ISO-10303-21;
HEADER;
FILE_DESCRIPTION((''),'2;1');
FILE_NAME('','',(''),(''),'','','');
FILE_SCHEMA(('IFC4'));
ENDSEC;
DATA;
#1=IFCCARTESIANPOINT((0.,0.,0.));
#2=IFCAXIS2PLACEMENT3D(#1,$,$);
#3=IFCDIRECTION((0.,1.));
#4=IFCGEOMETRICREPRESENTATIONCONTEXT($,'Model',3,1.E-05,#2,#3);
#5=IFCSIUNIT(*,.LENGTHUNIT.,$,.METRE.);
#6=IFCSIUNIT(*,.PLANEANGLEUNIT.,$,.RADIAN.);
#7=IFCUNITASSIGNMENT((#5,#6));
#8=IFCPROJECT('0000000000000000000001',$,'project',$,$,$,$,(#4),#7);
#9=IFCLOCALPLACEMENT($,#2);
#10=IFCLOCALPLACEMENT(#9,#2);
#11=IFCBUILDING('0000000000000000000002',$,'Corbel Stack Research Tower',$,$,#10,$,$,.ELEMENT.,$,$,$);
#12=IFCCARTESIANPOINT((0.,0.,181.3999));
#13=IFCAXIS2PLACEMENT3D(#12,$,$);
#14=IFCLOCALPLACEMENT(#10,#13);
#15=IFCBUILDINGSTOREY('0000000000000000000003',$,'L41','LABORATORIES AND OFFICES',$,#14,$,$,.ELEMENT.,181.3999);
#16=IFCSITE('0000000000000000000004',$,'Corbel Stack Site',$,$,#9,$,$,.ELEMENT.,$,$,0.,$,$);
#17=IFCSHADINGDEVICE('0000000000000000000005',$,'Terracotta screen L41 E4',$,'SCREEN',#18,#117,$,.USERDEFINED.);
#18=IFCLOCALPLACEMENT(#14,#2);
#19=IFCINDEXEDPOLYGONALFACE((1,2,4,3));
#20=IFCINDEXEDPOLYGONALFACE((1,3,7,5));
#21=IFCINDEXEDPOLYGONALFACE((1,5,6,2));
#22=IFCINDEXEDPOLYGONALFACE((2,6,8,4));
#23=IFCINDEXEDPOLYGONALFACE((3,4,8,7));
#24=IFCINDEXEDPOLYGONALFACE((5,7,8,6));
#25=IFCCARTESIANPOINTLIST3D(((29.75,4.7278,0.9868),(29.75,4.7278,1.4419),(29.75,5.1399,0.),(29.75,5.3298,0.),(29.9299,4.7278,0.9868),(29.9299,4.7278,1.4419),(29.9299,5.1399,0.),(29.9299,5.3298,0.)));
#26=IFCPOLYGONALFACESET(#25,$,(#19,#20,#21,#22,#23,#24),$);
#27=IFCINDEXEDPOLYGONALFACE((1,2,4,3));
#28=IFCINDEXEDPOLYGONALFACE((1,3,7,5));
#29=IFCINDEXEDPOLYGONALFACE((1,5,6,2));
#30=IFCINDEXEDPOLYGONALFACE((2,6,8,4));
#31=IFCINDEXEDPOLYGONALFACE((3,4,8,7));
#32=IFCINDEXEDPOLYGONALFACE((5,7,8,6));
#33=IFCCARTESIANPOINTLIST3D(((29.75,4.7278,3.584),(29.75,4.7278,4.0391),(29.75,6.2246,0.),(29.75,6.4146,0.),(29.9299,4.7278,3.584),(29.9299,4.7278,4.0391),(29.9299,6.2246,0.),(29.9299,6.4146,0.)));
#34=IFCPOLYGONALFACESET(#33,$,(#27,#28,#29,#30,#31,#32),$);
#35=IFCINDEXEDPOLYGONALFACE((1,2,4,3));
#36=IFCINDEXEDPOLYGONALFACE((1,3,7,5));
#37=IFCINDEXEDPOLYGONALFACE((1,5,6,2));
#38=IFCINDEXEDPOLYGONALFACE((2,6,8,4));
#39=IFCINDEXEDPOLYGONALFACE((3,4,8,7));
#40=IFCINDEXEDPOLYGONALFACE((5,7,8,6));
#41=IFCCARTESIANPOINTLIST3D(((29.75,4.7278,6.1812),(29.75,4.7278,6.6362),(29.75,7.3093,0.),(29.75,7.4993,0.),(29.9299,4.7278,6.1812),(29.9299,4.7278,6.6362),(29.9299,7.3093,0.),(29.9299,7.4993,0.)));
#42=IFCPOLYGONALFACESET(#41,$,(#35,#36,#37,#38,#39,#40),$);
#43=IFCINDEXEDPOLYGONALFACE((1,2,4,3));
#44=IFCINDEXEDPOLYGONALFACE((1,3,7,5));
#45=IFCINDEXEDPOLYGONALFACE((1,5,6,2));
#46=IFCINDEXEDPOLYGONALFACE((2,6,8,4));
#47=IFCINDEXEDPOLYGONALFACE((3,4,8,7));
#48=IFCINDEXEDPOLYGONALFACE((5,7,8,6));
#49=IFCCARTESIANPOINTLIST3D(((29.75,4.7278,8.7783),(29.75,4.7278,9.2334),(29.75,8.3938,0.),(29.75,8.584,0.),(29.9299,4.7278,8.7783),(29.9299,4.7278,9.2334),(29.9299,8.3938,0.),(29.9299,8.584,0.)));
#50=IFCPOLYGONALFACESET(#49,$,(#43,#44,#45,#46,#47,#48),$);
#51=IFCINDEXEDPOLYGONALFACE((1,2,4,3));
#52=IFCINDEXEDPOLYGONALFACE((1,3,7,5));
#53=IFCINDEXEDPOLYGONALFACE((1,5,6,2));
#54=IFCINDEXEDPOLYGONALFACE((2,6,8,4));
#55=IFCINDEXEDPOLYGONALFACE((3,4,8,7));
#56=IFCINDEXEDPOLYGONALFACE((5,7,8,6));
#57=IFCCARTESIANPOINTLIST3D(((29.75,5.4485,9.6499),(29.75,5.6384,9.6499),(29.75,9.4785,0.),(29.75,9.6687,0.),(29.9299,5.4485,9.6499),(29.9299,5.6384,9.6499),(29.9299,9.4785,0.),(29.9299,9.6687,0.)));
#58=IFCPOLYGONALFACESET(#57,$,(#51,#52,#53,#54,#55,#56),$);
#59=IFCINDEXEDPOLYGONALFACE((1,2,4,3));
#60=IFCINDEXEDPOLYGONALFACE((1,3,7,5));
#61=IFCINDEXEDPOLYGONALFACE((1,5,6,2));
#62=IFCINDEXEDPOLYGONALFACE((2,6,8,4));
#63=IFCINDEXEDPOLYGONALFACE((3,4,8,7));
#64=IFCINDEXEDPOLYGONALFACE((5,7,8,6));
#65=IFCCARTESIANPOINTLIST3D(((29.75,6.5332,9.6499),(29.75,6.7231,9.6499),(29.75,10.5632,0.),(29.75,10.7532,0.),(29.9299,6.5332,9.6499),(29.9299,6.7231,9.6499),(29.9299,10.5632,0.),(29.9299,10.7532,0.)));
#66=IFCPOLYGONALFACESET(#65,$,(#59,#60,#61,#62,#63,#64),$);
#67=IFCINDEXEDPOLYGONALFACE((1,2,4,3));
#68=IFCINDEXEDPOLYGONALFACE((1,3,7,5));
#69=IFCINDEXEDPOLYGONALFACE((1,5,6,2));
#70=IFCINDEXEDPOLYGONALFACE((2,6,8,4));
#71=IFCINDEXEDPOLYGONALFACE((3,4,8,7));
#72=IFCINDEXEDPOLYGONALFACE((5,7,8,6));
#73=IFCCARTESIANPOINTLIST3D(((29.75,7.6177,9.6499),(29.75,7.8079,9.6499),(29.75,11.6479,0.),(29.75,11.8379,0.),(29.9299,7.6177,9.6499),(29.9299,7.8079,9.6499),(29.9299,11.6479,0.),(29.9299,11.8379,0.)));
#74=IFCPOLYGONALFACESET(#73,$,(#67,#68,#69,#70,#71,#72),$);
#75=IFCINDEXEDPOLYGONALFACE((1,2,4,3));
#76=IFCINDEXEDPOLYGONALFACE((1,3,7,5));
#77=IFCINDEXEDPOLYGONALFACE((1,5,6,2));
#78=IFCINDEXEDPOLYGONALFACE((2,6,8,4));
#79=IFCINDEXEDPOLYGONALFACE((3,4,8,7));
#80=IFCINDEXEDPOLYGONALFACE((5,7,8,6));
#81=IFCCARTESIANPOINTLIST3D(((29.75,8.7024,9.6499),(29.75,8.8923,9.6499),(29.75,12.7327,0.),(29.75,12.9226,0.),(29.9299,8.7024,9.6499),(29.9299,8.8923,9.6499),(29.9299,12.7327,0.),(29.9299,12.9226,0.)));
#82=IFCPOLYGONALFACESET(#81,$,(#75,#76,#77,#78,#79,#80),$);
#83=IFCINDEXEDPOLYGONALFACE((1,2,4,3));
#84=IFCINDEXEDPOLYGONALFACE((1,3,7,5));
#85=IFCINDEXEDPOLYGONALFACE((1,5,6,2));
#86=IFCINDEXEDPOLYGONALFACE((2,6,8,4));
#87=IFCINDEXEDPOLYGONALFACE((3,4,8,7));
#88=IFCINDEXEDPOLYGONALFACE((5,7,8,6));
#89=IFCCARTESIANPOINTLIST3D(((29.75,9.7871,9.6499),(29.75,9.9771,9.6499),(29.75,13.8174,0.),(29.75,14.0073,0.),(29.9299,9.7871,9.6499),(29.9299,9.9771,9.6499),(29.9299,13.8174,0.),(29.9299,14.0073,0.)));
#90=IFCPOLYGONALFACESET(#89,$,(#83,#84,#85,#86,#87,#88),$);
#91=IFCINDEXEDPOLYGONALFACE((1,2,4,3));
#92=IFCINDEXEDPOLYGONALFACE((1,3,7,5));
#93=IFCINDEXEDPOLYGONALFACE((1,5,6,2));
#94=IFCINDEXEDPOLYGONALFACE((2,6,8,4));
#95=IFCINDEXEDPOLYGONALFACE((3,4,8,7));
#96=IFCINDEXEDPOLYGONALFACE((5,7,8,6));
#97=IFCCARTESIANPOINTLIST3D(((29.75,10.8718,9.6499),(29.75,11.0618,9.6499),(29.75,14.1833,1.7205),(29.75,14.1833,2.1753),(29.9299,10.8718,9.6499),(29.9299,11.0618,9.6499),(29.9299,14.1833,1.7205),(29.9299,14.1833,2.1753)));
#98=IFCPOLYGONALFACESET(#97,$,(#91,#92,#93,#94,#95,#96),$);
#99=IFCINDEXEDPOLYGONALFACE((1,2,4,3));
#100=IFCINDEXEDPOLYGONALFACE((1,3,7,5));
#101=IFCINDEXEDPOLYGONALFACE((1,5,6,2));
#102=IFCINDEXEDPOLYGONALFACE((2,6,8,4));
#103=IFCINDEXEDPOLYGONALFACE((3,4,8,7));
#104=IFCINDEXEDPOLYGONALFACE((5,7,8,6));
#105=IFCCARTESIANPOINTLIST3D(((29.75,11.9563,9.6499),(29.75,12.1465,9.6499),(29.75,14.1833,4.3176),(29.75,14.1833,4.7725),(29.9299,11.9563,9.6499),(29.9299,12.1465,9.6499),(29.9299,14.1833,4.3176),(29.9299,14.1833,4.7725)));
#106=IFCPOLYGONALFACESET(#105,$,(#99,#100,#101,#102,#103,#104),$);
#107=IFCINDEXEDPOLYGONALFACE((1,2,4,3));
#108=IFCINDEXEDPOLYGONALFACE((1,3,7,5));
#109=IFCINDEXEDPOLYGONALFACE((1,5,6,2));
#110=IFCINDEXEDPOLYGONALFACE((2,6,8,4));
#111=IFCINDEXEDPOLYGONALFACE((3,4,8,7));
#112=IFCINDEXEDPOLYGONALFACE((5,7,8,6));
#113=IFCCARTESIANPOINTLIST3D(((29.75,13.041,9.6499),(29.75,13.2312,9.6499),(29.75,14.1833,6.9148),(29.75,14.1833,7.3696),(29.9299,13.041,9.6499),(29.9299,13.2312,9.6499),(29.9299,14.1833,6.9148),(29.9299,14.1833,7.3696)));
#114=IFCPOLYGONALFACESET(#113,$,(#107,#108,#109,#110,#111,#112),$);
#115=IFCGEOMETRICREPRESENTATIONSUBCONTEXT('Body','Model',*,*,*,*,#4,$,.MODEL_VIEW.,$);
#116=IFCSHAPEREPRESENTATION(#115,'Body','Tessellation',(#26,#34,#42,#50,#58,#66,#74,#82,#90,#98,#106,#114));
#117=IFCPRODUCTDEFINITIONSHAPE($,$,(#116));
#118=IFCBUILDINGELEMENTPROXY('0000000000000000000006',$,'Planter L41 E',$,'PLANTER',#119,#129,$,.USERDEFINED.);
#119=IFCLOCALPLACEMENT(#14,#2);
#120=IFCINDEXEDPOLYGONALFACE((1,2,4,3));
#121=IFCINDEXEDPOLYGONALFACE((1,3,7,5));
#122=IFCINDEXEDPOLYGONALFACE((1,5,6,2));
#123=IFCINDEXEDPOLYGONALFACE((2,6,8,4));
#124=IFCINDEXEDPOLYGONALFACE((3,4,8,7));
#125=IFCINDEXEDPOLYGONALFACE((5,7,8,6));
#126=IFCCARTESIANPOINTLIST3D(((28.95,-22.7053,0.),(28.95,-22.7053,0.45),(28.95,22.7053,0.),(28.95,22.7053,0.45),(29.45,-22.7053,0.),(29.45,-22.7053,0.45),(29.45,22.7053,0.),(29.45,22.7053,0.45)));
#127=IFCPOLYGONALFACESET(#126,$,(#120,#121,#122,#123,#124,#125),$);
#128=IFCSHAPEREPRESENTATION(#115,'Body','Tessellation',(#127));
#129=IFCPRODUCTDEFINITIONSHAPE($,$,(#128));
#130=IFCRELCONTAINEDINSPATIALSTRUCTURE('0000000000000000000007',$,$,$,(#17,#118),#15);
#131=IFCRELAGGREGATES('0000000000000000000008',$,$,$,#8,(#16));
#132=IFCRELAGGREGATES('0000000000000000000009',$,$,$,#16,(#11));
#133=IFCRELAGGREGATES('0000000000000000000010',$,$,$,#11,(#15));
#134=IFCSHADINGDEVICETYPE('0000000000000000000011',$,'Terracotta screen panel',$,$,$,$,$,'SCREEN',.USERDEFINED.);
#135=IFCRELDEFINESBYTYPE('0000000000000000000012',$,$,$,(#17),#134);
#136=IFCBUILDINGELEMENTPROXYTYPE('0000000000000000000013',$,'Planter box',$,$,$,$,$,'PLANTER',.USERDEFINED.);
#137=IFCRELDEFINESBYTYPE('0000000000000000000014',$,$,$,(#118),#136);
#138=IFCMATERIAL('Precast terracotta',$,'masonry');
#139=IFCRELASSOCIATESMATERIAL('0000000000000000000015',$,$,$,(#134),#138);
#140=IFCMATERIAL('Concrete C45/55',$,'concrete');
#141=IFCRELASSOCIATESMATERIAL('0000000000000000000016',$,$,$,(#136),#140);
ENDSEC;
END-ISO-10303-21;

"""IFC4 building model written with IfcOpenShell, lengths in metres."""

from ifc_helpers import new_model, si_unit, direction, frame, origin, origin_2d, place, context, subcontext, project, spatial, polyline, rectangle, outline, extrude, source, transform, mapped, material, type_object, element, save


model = new_model("IFC4")

# Units and contexts
model_context = context("Model", 3, precision=1e-05, world=origin(), true_north=direction((0.0, 1.0)))
body_context = subcontext(model_context, "Body", "Model", "MODEL_VIEW")
ifc_project = project(units=[si_unit("LENGTHUNIT", "METRE"), si_unit("PLANEANGLEUNIT", "RADIAN")], contexts=[model_context])

# Site, building, storey
site_placement = place(None, origin())
site = spatial("IfcSite", under=ifc_project, at=site_placement, Name="Corbel Stack Site", CompositionType="ELEMENT", RefElevation=0.0)
building_placement = place(site_placement, origin())
building = spatial("IfcBuilding", under=site, at=building_placement, Name="Corbel Stack Research Tower", CompositionType="ELEMENT")
storey_placement = place(building_placement, frame((0.0, 0.0, 181.3999)))
storey = spatial("IfcBuildingStorey", under=building, at=storey_placement, Name="L41", Description="LABORATORIES AND OFFICES", CompositionType="ELEMENT", Elevation=181.3999)

# Shading device
ifc_material_1 = material(Name="Precast terracotta", Category="masonry")
shading_device_type = type_object("IfcShadingDeviceType", Name="Terracotta screen panel", ElementType="SCREEN", PredefinedType="USERDEFINED", material=ifc_material_1)
shared_shape_1 = source(origin(), body_context, "Body", "SweptSolid", [
    extrude(outline(polyline([(0.6021, 0.0), (0.0, 1.4419), (0.0, 0.9868), (0.4121, 0.0), (0.6021, 0.0)])), frame((0.0, 0.0, 0.0), z_axis=(0.0, -1.0, 0.0), x_axis=(1.0, 0.0, 0.0)), (0.0, 0.0, 1.0), 0.1799),
    extrude(outline(polyline([(1.6868, 0.0), (0.0, 4.0391), (0.0, 3.584), (1.4968, 0.0), (1.6868, 0.0)])), frame((0.0, 0.0, 0.0), z_axis=(0.0, -1.0, 0.0), x_axis=(1.0, 0.0, 0.0)), (0.0, 0.0, 1.0), 0.1799),
    extrude(outline(polyline([(2.7715, 0.0), (0.0, 6.6362), (0.0, 6.1812), (2.5815, 0.0), (2.7715, 0.0)])), frame((0.0, 0.0, 0.0), z_axis=(0.0, -1.0, 0.0), x_axis=(1.0, 0.0, 0.0)), (0.0, 0.0, 1.0), 0.1799),
    extrude(outline(polyline([(3.8562, 0.0), (0.0, 9.2334), (0.0, 8.7783), (3.666, 0.0), (3.8562, 0.0)])), frame((0.0, 0.0, 0.0), z_axis=(0.0, -1.0, 0.0), x_axis=(1.0, 0.0, 0.0)), (0.0, 0.0, 1.0), 0.1799),
    extrude(outline(polyline([(4.9409, 0.0), (0.9106, 9.6499), (0.7207, 9.6499), (4.7507, 0.0), (4.9409, 0.0)])), frame((0.0, 0.0, 0.0), z_axis=(0.0, -1.0, 0.0), x_axis=(1.0, 0.0, 0.0)), (0.0, 0.0, 1.0), 0.1799),
    extrude(outline(polyline([(6.0254, 0.0), (1.9954, 9.6499), (1.8054, 9.6499), (5.8354, 0.0), (6.0254, 0.0)])), frame((0.0, 0.0, 0.0), z_axis=(0.0, -1.0, 0.0), x_axis=(1.0, 0.0, 0.0)), (0.0, 0.0, 1.0), 0.1799),
    extrude(outline(polyline([(7.1101, 0.0), (3.0801, 9.6499), (2.8899, 9.6499), (6.9202, 0.0), (7.1101, 0.0)])), frame((0.0, 0.0, 0.0), z_axis=(0.0, -1.0, 0.0), x_axis=(1.0, 0.0, 0.0)), (0.0, 0.0, 1.0), 0.1799),
    extrude(outline(polyline([(8.1948, 0.0), (4.1646, 9.6499), (3.9746, 9.6499), (8.0049, 0.0), (8.1948, 0.0)])), frame((0.0, 0.0, 0.0), z_axis=(0.0, -1.0, 0.0), x_axis=(1.0, 0.0, 0.0)), (0.0, 0.0, 1.0), 0.1799),
    extrude(outline(polyline([(9.2795, 0.0), (5.2493, 9.6499), (5.0593, 9.6499), (9.0896, 0.0), (9.2795, 0.0)])), frame((0.0, 0.0, 0.0), z_axis=(0.0, -1.0, 0.0), x_axis=(1.0, 0.0, 0.0)), (0.0, 0.0, 1.0), 0.1799),
    extrude(outline(polyline([(6.334, 9.6499), (6.144, 9.6499), (9.4556, 1.7205), (9.4556, 2.1753), (6.334, 9.6499)])), frame((0.0, 0.0, 0.0), z_axis=(0.0, -1.0, 0.0), x_axis=(1.0, 0.0, 0.0)), (0.0, 0.0, 1.0), 0.1799),
    extrude(outline(polyline([(7.4187, 9.6499), (7.2285, 9.6499), (9.4556, 4.3176), (9.4556, 4.7725), (7.4187, 9.6499)])), frame((0.0, 0.0, 0.0), z_axis=(0.0, -1.0, 0.0), x_axis=(1.0, 0.0, 0.0)), (0.0, 0.0, 1.0), 0.1799),
    extrude(outline(polyline([(8.5034, 9.6499), (8.3132, 9.6499), (9.4556, 6.9148), (9.4556, 7.3696), (8.5034, 9.6499)])), frame((0.0, 0.0, 0.0), z_axis=(0.0, -1.0, 0.0), x_axis=(1.0, 0.0, 0.0)), (0.0, 0.0, 1.0), 0.1799),
])
shading_device_1_placement = place(storey_placement, frame((29.75, 4.7278, 0.0), z_axis=(0.0, 0.0, 1.0), x_axis=(0.0, 1.0, 0.0)))
element("IfcShadingDevice", 1, at=shading_device_1_placement, inside=storey, type_object=shading_device_type, Name="Terracotta screen L41 E4", ObjectType="SCREEN", PredefinedType="USERDEFINED", context=body_context, shape_type="MappedRepresentation", body=[
    mapped(shared_shape_1, transform((0.0, 0.0, 0.0))),
])

# Building element proxy
ifc_material_2 = material(Name="Concrete C45/55", Category="concrete")
building_element_proxy_type = type_object("IfcBuildingElementProxyType", Name="Planter box", ElementType="PLANTER", PredefinedType="USERDEFINED", material=ifc_material_2)
proxy_placement = place(storey_placement, frame((29.2, 0.0, 0.0), z_axis=(0.0, 0.0, 1.0), x_axis=(0.0, 1.0, 0.0)))
element("IfcBuildingElementProxy", 2, at=proxy_placement, inside=storey, type_object=building_element_proxy_type, Name="Planter L41 E", ObjectType="PLANTER", PredefinedType="USERDEFINED", context=body_context, shape_type="SweptSolid", body=[
    extrude(rectangle(XDim=45.4106, YDim=0.5, at=origin_2d()), origin(), (0.0, 0.0, 1.0), 0.45),
])

save(model, "model.ifc")
